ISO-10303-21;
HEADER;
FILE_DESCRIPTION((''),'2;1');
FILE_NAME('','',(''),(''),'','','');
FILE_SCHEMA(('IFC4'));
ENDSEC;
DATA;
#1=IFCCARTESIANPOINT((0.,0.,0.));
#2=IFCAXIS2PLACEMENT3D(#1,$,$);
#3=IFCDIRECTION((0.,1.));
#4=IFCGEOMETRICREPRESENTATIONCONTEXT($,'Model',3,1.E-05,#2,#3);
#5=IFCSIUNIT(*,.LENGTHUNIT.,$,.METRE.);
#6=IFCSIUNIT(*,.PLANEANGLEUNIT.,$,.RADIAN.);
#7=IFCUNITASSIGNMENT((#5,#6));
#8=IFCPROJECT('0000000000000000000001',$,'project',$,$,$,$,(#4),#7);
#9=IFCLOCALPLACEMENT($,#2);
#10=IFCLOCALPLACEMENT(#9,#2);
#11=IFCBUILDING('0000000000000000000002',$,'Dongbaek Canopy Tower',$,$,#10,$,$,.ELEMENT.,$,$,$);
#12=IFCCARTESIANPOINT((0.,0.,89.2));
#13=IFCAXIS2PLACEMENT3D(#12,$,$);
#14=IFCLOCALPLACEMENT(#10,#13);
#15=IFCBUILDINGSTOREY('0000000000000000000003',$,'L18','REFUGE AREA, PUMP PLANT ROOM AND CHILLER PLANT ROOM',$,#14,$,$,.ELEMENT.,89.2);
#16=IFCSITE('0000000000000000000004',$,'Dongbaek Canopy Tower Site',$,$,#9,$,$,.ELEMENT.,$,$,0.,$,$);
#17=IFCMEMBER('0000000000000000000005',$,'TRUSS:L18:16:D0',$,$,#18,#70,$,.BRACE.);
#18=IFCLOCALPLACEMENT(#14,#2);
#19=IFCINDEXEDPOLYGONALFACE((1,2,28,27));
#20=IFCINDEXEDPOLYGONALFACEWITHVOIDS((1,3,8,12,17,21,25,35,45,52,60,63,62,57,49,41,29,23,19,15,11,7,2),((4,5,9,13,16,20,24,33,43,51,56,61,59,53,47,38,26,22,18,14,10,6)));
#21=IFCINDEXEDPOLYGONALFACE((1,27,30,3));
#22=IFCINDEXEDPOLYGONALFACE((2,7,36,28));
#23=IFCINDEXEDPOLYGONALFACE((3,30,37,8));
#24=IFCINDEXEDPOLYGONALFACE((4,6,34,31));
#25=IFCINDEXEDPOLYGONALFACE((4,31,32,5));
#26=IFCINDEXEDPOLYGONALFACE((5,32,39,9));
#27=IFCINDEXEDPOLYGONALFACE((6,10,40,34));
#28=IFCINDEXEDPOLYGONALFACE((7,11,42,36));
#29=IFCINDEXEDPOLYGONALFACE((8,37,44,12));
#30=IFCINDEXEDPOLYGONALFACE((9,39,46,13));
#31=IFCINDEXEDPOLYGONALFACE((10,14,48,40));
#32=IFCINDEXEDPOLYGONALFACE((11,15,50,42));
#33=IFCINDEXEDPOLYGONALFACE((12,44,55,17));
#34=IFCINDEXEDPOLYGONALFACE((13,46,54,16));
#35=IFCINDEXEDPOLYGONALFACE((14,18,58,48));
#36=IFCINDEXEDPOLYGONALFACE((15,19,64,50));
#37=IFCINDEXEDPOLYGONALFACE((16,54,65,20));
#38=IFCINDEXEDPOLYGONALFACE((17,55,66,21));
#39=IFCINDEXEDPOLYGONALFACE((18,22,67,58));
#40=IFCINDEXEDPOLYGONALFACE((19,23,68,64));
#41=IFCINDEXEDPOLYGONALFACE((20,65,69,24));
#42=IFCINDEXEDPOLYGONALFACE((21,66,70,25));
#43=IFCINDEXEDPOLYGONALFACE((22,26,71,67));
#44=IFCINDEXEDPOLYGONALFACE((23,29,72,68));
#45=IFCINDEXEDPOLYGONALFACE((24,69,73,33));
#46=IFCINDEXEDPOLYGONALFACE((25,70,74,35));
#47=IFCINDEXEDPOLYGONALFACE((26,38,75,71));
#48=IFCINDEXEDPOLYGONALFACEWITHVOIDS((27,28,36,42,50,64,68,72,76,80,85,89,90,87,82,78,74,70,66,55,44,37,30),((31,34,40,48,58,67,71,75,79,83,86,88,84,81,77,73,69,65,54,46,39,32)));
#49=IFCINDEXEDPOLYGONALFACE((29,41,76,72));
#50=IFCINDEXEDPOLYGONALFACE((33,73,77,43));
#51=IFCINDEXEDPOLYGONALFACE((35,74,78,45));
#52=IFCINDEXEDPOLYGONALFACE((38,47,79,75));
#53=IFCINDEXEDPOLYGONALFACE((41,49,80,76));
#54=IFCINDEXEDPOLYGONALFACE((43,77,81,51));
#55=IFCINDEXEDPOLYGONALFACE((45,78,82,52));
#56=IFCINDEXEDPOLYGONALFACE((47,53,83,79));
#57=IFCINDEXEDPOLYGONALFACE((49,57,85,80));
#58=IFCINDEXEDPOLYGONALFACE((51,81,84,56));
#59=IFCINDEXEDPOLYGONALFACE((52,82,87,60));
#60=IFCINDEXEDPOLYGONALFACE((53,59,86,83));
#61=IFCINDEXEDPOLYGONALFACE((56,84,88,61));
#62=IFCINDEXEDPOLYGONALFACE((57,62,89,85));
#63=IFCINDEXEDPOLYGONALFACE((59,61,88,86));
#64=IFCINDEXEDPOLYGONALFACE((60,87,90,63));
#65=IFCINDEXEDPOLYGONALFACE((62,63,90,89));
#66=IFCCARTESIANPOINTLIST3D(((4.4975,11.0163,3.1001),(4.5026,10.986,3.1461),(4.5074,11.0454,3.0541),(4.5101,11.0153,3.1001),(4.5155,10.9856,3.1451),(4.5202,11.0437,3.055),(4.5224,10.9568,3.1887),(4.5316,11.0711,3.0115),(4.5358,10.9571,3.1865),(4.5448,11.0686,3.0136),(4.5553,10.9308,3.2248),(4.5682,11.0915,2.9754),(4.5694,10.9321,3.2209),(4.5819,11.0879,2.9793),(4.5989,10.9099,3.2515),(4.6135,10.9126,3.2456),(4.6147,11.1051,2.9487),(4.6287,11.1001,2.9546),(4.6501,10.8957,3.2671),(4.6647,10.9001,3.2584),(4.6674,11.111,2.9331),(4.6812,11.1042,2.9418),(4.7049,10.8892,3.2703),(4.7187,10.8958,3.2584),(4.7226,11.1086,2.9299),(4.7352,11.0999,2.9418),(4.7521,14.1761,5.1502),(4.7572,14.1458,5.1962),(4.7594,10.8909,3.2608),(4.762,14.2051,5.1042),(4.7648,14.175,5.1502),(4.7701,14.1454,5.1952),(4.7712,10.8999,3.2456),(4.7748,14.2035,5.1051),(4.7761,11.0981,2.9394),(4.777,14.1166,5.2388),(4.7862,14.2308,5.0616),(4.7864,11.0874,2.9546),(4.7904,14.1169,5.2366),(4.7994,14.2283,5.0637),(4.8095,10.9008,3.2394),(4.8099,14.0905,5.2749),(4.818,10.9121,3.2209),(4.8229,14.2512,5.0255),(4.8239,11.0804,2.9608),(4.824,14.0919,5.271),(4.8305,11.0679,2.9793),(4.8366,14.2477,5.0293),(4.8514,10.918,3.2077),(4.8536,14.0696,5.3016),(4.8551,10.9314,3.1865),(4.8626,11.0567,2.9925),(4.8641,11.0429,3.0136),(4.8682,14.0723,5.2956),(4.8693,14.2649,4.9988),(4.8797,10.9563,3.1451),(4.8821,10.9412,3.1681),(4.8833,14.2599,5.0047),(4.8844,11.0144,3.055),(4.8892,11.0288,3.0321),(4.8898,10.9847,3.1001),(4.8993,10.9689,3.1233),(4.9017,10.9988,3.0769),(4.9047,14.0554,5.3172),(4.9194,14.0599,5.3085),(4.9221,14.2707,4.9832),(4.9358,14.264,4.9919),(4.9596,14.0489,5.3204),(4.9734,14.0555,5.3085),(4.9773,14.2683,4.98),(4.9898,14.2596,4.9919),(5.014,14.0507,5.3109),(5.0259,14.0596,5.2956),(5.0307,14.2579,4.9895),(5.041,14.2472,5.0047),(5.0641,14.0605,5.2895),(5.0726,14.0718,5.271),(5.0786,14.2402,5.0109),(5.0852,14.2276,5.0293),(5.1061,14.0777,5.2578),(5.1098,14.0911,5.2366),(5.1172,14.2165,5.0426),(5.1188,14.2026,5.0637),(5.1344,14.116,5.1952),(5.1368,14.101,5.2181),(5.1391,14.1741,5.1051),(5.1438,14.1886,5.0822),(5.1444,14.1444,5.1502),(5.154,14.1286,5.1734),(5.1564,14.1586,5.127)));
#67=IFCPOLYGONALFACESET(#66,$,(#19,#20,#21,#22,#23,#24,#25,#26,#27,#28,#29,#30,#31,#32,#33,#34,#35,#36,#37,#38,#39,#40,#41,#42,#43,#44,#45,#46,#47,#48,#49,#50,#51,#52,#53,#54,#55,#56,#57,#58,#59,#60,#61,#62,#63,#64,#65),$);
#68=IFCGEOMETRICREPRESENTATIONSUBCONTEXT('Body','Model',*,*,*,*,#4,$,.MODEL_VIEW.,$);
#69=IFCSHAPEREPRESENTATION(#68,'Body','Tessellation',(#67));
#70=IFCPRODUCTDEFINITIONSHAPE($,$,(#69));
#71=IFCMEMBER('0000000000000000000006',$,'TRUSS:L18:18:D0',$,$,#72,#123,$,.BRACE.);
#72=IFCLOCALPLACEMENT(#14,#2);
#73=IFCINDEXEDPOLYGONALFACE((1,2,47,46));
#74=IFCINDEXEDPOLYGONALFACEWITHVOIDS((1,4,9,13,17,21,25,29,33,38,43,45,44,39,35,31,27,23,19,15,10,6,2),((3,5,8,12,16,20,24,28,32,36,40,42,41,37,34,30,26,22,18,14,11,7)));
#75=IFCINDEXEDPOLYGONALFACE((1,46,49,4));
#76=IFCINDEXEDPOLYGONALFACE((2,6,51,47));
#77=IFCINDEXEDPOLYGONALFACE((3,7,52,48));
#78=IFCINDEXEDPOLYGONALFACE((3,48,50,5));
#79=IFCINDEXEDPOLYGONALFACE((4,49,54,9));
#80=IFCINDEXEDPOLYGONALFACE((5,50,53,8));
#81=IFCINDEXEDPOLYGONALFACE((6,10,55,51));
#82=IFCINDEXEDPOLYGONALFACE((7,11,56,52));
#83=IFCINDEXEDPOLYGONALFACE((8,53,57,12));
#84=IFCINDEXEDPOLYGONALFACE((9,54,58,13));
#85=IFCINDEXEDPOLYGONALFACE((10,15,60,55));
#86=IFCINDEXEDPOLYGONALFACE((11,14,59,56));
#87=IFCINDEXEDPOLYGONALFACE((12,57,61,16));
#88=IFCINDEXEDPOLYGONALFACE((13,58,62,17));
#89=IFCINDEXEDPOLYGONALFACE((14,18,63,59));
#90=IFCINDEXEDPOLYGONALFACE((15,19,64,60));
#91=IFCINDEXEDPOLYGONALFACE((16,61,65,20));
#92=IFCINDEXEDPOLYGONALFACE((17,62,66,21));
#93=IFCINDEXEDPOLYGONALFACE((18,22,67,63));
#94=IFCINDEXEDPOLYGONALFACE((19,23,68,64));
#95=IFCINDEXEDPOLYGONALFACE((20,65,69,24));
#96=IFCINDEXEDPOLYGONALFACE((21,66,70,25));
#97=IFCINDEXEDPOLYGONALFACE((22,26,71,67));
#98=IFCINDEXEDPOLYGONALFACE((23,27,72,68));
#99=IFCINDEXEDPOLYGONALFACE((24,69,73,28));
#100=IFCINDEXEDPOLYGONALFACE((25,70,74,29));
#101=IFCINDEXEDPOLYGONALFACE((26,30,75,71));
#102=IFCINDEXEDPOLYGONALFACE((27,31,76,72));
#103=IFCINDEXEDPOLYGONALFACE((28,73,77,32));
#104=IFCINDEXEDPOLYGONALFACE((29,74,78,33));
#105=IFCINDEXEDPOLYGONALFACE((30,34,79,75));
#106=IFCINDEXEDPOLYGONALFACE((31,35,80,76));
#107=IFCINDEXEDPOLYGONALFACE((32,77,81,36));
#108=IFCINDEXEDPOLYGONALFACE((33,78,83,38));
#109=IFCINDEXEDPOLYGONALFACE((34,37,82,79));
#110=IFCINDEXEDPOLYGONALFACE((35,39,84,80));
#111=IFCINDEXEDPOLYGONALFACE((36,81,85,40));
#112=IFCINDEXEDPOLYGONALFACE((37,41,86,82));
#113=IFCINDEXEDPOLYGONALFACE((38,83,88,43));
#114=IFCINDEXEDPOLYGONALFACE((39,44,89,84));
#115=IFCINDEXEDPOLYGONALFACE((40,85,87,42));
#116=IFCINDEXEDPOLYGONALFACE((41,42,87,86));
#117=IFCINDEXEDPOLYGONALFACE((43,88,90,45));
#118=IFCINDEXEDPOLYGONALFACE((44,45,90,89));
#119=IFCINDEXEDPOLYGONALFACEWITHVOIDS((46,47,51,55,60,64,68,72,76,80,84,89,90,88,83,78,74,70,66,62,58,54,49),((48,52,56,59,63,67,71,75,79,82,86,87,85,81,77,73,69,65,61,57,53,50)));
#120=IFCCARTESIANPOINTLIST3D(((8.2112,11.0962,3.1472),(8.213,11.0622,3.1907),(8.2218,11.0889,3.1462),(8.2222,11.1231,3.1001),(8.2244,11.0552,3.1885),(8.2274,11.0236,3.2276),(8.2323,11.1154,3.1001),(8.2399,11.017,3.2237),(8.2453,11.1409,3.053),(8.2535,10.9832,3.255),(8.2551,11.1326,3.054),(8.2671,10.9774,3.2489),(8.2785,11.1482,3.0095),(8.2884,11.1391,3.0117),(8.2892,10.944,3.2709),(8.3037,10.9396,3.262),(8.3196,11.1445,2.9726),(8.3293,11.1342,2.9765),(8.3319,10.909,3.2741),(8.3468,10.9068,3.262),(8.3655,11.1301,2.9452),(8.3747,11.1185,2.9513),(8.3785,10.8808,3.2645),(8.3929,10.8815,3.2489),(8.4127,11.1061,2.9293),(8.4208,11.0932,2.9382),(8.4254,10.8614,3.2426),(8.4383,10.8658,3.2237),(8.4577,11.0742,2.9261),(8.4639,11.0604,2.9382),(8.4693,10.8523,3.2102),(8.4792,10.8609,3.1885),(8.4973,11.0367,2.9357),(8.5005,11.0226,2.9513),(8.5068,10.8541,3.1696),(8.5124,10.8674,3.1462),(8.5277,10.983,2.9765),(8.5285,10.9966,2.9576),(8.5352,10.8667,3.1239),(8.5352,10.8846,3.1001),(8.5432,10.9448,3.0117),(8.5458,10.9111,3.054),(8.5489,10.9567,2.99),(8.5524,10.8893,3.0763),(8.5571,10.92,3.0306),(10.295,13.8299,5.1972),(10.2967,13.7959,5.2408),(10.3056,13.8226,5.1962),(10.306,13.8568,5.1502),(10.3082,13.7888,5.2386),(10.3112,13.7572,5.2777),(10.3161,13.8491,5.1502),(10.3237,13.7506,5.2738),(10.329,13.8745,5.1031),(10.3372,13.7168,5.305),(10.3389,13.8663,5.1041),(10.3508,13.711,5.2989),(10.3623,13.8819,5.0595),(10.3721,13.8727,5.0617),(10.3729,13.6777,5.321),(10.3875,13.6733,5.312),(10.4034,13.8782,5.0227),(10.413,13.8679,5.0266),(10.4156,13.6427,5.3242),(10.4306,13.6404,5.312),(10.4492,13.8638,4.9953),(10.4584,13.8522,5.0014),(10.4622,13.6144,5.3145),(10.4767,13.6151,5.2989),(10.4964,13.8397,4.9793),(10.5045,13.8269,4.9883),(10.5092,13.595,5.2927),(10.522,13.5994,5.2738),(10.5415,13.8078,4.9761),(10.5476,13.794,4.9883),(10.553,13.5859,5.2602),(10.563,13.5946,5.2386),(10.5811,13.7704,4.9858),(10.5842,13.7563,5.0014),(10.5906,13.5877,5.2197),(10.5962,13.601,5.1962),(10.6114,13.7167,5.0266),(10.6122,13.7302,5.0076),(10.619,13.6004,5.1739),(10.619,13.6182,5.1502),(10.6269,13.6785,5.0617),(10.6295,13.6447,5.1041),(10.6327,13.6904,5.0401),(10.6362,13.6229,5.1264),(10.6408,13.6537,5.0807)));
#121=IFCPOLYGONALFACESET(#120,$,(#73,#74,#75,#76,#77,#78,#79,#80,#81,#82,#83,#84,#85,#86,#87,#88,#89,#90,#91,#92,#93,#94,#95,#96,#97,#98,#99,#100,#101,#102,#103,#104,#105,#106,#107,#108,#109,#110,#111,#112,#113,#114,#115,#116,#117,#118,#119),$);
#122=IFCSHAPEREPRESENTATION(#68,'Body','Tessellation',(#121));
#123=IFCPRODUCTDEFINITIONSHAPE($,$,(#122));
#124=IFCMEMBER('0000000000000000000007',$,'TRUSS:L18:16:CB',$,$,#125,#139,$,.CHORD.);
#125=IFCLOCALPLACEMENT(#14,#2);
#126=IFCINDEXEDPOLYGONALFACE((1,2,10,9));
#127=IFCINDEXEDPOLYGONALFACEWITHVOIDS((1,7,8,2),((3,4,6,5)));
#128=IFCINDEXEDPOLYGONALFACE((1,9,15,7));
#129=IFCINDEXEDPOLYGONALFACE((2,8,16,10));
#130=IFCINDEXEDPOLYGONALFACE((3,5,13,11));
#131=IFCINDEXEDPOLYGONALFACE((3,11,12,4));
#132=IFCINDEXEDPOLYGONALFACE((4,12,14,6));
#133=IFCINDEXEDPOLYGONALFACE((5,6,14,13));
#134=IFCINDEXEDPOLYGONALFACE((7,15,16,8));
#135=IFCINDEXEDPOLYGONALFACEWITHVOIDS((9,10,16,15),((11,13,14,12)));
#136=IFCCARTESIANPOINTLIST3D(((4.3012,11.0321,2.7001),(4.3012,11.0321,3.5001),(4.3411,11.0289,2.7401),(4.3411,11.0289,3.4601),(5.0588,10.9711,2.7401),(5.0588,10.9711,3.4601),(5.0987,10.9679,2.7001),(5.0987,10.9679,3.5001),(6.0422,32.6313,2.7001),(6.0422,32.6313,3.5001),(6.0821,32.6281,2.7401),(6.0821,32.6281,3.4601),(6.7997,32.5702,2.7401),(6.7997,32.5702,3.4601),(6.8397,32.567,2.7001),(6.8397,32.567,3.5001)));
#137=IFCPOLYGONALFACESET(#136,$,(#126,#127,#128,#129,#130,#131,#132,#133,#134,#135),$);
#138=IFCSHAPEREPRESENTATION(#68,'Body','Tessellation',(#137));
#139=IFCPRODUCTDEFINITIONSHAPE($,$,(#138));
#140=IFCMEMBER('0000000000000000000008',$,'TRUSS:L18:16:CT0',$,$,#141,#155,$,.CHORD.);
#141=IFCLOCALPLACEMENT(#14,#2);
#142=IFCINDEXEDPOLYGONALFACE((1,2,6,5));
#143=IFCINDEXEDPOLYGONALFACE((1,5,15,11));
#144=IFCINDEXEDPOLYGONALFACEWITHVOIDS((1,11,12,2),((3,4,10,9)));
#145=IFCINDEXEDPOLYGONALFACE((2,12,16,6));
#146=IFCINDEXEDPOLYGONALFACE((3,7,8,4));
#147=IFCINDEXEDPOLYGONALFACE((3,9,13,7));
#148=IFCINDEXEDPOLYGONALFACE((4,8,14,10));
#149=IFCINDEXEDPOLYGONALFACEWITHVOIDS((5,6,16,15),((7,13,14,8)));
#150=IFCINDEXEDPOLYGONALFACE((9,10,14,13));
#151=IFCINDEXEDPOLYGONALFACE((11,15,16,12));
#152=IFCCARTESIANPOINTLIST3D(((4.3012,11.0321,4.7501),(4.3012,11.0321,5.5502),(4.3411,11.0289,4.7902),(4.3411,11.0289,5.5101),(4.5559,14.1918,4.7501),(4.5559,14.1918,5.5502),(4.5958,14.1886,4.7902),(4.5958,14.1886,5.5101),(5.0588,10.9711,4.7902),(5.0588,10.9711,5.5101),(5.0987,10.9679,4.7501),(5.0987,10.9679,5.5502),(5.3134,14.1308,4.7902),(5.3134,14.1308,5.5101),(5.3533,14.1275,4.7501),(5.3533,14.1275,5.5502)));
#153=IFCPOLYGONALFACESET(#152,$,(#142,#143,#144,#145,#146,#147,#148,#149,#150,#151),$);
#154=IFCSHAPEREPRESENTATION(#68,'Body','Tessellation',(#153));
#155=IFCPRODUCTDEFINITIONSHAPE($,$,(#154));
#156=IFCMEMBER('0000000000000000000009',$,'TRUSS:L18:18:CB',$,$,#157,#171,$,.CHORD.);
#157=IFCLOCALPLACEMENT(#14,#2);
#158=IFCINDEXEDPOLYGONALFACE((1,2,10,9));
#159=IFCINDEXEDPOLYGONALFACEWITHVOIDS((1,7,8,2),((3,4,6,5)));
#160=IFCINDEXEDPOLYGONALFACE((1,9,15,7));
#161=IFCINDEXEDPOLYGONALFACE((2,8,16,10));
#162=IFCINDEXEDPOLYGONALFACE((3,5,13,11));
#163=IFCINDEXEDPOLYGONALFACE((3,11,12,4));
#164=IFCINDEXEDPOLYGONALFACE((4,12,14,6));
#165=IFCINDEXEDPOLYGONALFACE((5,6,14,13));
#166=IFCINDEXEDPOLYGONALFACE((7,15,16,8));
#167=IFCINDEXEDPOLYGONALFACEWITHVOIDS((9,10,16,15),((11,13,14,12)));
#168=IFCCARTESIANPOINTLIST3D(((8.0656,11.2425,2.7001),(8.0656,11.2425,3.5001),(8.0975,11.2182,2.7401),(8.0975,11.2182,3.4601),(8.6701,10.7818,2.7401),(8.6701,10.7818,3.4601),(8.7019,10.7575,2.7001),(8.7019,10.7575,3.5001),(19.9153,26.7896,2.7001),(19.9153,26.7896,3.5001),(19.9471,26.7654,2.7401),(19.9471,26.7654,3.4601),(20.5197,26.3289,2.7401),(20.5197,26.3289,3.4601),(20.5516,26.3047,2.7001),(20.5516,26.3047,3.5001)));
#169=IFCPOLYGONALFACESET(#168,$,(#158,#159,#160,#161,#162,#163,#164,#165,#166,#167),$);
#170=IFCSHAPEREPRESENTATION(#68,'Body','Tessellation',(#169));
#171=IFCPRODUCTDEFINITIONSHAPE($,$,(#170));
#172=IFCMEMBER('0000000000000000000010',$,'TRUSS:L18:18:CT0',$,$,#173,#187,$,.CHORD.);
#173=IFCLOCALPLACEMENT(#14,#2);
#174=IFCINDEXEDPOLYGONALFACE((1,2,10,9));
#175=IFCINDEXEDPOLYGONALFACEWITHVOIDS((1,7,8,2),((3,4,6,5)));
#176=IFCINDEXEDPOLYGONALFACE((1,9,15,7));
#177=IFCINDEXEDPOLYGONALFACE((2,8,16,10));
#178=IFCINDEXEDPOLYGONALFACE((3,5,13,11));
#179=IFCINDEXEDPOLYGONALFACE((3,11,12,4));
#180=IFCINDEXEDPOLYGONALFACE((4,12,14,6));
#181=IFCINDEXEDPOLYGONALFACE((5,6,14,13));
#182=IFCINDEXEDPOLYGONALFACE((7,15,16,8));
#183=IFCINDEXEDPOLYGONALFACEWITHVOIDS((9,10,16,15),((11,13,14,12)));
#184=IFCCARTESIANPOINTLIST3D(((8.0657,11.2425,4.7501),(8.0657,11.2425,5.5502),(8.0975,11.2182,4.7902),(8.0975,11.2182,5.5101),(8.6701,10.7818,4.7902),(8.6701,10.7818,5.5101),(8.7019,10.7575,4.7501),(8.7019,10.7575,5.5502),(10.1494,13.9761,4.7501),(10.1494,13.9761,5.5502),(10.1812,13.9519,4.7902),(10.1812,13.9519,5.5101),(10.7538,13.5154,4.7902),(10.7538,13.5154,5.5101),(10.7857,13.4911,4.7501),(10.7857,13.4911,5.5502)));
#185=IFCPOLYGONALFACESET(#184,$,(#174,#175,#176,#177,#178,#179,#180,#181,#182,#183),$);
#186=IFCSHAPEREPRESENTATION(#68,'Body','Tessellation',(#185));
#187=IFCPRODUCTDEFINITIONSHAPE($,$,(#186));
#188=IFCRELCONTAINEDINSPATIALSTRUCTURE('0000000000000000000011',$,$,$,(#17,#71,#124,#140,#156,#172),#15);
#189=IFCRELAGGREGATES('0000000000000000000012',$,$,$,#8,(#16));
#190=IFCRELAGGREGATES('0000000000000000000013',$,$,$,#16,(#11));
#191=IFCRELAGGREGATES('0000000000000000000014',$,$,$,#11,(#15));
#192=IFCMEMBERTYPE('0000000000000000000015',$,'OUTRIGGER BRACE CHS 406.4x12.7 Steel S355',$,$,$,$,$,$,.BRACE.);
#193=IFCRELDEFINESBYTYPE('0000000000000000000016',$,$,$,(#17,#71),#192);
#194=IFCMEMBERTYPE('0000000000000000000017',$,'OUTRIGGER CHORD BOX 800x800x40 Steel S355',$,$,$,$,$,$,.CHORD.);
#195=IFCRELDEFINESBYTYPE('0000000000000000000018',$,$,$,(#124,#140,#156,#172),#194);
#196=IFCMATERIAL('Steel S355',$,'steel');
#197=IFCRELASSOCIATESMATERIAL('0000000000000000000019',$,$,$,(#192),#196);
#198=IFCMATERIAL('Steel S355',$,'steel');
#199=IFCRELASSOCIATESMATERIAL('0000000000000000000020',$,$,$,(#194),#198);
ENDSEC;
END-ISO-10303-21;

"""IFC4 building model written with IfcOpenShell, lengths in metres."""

from ifc_helpers import new_model, si_unit, direction, frame, origin, origin_2d, place, context, subcontext, project, spatial, hollow_rectangle, hollow_circle, extrude, material, material_profile, profile_set, type_object, element, save


model = new_model("IFC4")

# Units and contexts
model_context = context("Model", 3, precision=1e-05, world=origin(), true_north=direction((0.0, 1.0)))
body_context = subcontext(model_context, "Body", "Model", "MODEL_VIEW")
ifc_project = project(units=[si_unit("LENGTHUNIT", "METRE"), si_unit("PLANEANGLEUNIT", "RADIAN")], contexts=[model_context])

# Site, building, storey
site_placement = place(None, origin())
site = spatial("IfcSite", under=ifc_project, at=site_placement, Name="Dongbaek Canopy Tower Site", CompositionType="ELEMENT", RefElevation=0.0)
building_placement = place(site_placement, origin())
building = spatial("IfcBuilding", under=site, at=building_placement, Name="Dongbaek Canopy Tower", CompositionType="ELEMENT")
storey_placement = place(building_placement, frame((0.0, 0.0, 89.2)))
storey = spatial("IfcBuildingStorey", under=building, at=storey_placement, Name="L18", Description="REFUGE AREA, PUMP PLANT ROOM AND CHILLER PLANT ROOM", CompositionType="ELEMENT", Elevation=89.2)

# Members
ifc_material_1 = material(Name="Steel S355", Category="steel")
ifc_material_profile_1 = material_profile(ifc_material_1, hollow_circle(Radius=0.2031, WallThickness=0.0127, at=origin_2d()), Name="OUTRIGGER BRACE CHS 406.4x12.7 Steel S355")
ifc_profile_set_1 = profile_set([ifc_material_profile_1], Name="Steel S355")
member_type_1 = type_object("IfcMemberType", Name="OUTRIGGER BRACE CHS 406.4x12.7 Steel S355", PredefinedType="BRACE", material=ifc_profile_set_1)
member_1_placement = place(storey_placement, frame((4.7, 11.0, 3.1001), z_axis=(0.067453, 0.836986, 0.543051), x_axis=(-0.996768, 0.08033, 0.0)))
element("IfcMember", 1, at=member_1_placement, inside=storey, type_object=member_type_1, Name="TRUSS:L18:16:D0", PredefinedType="BRACE", context=body_context, shape_type="SweptSolid", body=[
    extrude(hollow_circle(Radius=0.2031, WallThickness=0.0127, at=origin_2d()), origin(), (0.0, 0.0, 1.0), 3.7751),
])
member_2_placement = place(storey_placement, frame((8.3838, 11.0, 3.1001), z_axis=(0.520651, 0.683038, 0.512233), x_axis=(-0.795296, 0.606221, 0.0)))
element("IfcMember", 2, at=member_2_placement, inside=storey, type_object=member_type_1, Name="TRUSS:L18:18:D0", PredefinedType="BRACE", context=body_context, shape_type="SweptSolid", body=[
    extrude(hollow_circle(Radius=0.2031, WallThickness=0.0127, at=origin_2d()), origin(), (0.0, 0.0, 1.0), 4.0022),
])
ifc_material_2 = material(Name="Steel S355", Category="steel")
ifc_material_profile_2 = material_profile(ifc_material_2, hollow_rectangle(XDim=0.8, YDim=0.8, WallThickness=0.04, at=origin_2d()), Name="OUTRIGGER CHORD BOX 800x800x40 Steel S355")
ifc_profile_set_2 = profile_set([ifc_material_profile_2], Name="Steel S355")
member_type_2 = type_object("IfcMemberType", Name="OUTRIGGER CHORD BOX 800x800x40 Steel S355", PredefinedType="CHORD", material=ifc_profile_set_2)
member_3_placement = place(storey_placement, frame((4.7, 11.0, 3.1001), z_axis=(0.080343, 0.996767, 0.0), x_axis=(-0.996767, 0.080343, 0.0)))
element("IfcMember", 3, at=member_3_placement, inside=storey, type_object=member_type_2, Name="TRUSS:L18:16:CB", PredefinedType="CHORD", context=body_context, shape_type="SweptSolid", body=[
    extrude(hollow_rectangle(XDim=0.8, YDim=0.8, WallThickness=0.04, at=origin_2d()), origin(), (0.0, 0.0, 1.0), 21.6692),
])
member_4_placement = place(storey_placement, frame((4.7, 11.0, 5.1501), z_axis=(0.08033, 0.996768, 0.0), x_axis=(-0.996768, 0.08033, 0.0)))
element("IfcMember", 4, at=member_4_placement, inside=storey, type_object=member_type_2, Name="TRUSS:L18:16:CT0", PredefinedType="CHORD", context=body_context, shape_type="SweptSolid", body=[
    extrude(hollow_rectangle(XDim=0.8, YDim=0.8, WallThickness=0.04, at=origin_2d()), origin(), (0.0, 0.0, 1.0), 3.1699),
])
member_5_placement = place(storey_placement, frame((8.3838, 11.0, 3.1001), z_axis=(0.606179, 0.795328, 0.0), x_axis=(-0.795328, 0.606179, 0.0)))
element("IfcMember", 5, at=member_5_placement, inside=storey, type_object=member_type_2, Name="TRUSS:L18:18:CB", PredefinedType="CHORD", context=body_context, shape_type="SweptSolid", body=[
    extrude(hollow_rectangle(XDim=0.8, YDim=0.8, WallThickness=0.04, at=origin_2d()), origin(), (0.0, 0.0, 1.0), 19.5481),
])
member_6_placement = place(storey_placement, frame((8.3838, 11.0, 5.1501), z_axis=(0.606221, 0.795296, 0.0), x_axis=(-0.795296, 0.606221, 0.0)))
element("IfcMember", 6, at=member_6_placement, inside=storey, type_object=member_type_2, Name="TRUSS:L18:18:CT0", PredefinedType="CHORD", context=body_context, shape_type="SweptSolid", body=[
    extrude(hollow_rectangle(XDim=0.8, YDim=0.8, WallThickness=0.04, at=origin_2d()), origin(), (0.0, 0.0, 1.0), 3.4373),
])

save(model, "model.ifc")
